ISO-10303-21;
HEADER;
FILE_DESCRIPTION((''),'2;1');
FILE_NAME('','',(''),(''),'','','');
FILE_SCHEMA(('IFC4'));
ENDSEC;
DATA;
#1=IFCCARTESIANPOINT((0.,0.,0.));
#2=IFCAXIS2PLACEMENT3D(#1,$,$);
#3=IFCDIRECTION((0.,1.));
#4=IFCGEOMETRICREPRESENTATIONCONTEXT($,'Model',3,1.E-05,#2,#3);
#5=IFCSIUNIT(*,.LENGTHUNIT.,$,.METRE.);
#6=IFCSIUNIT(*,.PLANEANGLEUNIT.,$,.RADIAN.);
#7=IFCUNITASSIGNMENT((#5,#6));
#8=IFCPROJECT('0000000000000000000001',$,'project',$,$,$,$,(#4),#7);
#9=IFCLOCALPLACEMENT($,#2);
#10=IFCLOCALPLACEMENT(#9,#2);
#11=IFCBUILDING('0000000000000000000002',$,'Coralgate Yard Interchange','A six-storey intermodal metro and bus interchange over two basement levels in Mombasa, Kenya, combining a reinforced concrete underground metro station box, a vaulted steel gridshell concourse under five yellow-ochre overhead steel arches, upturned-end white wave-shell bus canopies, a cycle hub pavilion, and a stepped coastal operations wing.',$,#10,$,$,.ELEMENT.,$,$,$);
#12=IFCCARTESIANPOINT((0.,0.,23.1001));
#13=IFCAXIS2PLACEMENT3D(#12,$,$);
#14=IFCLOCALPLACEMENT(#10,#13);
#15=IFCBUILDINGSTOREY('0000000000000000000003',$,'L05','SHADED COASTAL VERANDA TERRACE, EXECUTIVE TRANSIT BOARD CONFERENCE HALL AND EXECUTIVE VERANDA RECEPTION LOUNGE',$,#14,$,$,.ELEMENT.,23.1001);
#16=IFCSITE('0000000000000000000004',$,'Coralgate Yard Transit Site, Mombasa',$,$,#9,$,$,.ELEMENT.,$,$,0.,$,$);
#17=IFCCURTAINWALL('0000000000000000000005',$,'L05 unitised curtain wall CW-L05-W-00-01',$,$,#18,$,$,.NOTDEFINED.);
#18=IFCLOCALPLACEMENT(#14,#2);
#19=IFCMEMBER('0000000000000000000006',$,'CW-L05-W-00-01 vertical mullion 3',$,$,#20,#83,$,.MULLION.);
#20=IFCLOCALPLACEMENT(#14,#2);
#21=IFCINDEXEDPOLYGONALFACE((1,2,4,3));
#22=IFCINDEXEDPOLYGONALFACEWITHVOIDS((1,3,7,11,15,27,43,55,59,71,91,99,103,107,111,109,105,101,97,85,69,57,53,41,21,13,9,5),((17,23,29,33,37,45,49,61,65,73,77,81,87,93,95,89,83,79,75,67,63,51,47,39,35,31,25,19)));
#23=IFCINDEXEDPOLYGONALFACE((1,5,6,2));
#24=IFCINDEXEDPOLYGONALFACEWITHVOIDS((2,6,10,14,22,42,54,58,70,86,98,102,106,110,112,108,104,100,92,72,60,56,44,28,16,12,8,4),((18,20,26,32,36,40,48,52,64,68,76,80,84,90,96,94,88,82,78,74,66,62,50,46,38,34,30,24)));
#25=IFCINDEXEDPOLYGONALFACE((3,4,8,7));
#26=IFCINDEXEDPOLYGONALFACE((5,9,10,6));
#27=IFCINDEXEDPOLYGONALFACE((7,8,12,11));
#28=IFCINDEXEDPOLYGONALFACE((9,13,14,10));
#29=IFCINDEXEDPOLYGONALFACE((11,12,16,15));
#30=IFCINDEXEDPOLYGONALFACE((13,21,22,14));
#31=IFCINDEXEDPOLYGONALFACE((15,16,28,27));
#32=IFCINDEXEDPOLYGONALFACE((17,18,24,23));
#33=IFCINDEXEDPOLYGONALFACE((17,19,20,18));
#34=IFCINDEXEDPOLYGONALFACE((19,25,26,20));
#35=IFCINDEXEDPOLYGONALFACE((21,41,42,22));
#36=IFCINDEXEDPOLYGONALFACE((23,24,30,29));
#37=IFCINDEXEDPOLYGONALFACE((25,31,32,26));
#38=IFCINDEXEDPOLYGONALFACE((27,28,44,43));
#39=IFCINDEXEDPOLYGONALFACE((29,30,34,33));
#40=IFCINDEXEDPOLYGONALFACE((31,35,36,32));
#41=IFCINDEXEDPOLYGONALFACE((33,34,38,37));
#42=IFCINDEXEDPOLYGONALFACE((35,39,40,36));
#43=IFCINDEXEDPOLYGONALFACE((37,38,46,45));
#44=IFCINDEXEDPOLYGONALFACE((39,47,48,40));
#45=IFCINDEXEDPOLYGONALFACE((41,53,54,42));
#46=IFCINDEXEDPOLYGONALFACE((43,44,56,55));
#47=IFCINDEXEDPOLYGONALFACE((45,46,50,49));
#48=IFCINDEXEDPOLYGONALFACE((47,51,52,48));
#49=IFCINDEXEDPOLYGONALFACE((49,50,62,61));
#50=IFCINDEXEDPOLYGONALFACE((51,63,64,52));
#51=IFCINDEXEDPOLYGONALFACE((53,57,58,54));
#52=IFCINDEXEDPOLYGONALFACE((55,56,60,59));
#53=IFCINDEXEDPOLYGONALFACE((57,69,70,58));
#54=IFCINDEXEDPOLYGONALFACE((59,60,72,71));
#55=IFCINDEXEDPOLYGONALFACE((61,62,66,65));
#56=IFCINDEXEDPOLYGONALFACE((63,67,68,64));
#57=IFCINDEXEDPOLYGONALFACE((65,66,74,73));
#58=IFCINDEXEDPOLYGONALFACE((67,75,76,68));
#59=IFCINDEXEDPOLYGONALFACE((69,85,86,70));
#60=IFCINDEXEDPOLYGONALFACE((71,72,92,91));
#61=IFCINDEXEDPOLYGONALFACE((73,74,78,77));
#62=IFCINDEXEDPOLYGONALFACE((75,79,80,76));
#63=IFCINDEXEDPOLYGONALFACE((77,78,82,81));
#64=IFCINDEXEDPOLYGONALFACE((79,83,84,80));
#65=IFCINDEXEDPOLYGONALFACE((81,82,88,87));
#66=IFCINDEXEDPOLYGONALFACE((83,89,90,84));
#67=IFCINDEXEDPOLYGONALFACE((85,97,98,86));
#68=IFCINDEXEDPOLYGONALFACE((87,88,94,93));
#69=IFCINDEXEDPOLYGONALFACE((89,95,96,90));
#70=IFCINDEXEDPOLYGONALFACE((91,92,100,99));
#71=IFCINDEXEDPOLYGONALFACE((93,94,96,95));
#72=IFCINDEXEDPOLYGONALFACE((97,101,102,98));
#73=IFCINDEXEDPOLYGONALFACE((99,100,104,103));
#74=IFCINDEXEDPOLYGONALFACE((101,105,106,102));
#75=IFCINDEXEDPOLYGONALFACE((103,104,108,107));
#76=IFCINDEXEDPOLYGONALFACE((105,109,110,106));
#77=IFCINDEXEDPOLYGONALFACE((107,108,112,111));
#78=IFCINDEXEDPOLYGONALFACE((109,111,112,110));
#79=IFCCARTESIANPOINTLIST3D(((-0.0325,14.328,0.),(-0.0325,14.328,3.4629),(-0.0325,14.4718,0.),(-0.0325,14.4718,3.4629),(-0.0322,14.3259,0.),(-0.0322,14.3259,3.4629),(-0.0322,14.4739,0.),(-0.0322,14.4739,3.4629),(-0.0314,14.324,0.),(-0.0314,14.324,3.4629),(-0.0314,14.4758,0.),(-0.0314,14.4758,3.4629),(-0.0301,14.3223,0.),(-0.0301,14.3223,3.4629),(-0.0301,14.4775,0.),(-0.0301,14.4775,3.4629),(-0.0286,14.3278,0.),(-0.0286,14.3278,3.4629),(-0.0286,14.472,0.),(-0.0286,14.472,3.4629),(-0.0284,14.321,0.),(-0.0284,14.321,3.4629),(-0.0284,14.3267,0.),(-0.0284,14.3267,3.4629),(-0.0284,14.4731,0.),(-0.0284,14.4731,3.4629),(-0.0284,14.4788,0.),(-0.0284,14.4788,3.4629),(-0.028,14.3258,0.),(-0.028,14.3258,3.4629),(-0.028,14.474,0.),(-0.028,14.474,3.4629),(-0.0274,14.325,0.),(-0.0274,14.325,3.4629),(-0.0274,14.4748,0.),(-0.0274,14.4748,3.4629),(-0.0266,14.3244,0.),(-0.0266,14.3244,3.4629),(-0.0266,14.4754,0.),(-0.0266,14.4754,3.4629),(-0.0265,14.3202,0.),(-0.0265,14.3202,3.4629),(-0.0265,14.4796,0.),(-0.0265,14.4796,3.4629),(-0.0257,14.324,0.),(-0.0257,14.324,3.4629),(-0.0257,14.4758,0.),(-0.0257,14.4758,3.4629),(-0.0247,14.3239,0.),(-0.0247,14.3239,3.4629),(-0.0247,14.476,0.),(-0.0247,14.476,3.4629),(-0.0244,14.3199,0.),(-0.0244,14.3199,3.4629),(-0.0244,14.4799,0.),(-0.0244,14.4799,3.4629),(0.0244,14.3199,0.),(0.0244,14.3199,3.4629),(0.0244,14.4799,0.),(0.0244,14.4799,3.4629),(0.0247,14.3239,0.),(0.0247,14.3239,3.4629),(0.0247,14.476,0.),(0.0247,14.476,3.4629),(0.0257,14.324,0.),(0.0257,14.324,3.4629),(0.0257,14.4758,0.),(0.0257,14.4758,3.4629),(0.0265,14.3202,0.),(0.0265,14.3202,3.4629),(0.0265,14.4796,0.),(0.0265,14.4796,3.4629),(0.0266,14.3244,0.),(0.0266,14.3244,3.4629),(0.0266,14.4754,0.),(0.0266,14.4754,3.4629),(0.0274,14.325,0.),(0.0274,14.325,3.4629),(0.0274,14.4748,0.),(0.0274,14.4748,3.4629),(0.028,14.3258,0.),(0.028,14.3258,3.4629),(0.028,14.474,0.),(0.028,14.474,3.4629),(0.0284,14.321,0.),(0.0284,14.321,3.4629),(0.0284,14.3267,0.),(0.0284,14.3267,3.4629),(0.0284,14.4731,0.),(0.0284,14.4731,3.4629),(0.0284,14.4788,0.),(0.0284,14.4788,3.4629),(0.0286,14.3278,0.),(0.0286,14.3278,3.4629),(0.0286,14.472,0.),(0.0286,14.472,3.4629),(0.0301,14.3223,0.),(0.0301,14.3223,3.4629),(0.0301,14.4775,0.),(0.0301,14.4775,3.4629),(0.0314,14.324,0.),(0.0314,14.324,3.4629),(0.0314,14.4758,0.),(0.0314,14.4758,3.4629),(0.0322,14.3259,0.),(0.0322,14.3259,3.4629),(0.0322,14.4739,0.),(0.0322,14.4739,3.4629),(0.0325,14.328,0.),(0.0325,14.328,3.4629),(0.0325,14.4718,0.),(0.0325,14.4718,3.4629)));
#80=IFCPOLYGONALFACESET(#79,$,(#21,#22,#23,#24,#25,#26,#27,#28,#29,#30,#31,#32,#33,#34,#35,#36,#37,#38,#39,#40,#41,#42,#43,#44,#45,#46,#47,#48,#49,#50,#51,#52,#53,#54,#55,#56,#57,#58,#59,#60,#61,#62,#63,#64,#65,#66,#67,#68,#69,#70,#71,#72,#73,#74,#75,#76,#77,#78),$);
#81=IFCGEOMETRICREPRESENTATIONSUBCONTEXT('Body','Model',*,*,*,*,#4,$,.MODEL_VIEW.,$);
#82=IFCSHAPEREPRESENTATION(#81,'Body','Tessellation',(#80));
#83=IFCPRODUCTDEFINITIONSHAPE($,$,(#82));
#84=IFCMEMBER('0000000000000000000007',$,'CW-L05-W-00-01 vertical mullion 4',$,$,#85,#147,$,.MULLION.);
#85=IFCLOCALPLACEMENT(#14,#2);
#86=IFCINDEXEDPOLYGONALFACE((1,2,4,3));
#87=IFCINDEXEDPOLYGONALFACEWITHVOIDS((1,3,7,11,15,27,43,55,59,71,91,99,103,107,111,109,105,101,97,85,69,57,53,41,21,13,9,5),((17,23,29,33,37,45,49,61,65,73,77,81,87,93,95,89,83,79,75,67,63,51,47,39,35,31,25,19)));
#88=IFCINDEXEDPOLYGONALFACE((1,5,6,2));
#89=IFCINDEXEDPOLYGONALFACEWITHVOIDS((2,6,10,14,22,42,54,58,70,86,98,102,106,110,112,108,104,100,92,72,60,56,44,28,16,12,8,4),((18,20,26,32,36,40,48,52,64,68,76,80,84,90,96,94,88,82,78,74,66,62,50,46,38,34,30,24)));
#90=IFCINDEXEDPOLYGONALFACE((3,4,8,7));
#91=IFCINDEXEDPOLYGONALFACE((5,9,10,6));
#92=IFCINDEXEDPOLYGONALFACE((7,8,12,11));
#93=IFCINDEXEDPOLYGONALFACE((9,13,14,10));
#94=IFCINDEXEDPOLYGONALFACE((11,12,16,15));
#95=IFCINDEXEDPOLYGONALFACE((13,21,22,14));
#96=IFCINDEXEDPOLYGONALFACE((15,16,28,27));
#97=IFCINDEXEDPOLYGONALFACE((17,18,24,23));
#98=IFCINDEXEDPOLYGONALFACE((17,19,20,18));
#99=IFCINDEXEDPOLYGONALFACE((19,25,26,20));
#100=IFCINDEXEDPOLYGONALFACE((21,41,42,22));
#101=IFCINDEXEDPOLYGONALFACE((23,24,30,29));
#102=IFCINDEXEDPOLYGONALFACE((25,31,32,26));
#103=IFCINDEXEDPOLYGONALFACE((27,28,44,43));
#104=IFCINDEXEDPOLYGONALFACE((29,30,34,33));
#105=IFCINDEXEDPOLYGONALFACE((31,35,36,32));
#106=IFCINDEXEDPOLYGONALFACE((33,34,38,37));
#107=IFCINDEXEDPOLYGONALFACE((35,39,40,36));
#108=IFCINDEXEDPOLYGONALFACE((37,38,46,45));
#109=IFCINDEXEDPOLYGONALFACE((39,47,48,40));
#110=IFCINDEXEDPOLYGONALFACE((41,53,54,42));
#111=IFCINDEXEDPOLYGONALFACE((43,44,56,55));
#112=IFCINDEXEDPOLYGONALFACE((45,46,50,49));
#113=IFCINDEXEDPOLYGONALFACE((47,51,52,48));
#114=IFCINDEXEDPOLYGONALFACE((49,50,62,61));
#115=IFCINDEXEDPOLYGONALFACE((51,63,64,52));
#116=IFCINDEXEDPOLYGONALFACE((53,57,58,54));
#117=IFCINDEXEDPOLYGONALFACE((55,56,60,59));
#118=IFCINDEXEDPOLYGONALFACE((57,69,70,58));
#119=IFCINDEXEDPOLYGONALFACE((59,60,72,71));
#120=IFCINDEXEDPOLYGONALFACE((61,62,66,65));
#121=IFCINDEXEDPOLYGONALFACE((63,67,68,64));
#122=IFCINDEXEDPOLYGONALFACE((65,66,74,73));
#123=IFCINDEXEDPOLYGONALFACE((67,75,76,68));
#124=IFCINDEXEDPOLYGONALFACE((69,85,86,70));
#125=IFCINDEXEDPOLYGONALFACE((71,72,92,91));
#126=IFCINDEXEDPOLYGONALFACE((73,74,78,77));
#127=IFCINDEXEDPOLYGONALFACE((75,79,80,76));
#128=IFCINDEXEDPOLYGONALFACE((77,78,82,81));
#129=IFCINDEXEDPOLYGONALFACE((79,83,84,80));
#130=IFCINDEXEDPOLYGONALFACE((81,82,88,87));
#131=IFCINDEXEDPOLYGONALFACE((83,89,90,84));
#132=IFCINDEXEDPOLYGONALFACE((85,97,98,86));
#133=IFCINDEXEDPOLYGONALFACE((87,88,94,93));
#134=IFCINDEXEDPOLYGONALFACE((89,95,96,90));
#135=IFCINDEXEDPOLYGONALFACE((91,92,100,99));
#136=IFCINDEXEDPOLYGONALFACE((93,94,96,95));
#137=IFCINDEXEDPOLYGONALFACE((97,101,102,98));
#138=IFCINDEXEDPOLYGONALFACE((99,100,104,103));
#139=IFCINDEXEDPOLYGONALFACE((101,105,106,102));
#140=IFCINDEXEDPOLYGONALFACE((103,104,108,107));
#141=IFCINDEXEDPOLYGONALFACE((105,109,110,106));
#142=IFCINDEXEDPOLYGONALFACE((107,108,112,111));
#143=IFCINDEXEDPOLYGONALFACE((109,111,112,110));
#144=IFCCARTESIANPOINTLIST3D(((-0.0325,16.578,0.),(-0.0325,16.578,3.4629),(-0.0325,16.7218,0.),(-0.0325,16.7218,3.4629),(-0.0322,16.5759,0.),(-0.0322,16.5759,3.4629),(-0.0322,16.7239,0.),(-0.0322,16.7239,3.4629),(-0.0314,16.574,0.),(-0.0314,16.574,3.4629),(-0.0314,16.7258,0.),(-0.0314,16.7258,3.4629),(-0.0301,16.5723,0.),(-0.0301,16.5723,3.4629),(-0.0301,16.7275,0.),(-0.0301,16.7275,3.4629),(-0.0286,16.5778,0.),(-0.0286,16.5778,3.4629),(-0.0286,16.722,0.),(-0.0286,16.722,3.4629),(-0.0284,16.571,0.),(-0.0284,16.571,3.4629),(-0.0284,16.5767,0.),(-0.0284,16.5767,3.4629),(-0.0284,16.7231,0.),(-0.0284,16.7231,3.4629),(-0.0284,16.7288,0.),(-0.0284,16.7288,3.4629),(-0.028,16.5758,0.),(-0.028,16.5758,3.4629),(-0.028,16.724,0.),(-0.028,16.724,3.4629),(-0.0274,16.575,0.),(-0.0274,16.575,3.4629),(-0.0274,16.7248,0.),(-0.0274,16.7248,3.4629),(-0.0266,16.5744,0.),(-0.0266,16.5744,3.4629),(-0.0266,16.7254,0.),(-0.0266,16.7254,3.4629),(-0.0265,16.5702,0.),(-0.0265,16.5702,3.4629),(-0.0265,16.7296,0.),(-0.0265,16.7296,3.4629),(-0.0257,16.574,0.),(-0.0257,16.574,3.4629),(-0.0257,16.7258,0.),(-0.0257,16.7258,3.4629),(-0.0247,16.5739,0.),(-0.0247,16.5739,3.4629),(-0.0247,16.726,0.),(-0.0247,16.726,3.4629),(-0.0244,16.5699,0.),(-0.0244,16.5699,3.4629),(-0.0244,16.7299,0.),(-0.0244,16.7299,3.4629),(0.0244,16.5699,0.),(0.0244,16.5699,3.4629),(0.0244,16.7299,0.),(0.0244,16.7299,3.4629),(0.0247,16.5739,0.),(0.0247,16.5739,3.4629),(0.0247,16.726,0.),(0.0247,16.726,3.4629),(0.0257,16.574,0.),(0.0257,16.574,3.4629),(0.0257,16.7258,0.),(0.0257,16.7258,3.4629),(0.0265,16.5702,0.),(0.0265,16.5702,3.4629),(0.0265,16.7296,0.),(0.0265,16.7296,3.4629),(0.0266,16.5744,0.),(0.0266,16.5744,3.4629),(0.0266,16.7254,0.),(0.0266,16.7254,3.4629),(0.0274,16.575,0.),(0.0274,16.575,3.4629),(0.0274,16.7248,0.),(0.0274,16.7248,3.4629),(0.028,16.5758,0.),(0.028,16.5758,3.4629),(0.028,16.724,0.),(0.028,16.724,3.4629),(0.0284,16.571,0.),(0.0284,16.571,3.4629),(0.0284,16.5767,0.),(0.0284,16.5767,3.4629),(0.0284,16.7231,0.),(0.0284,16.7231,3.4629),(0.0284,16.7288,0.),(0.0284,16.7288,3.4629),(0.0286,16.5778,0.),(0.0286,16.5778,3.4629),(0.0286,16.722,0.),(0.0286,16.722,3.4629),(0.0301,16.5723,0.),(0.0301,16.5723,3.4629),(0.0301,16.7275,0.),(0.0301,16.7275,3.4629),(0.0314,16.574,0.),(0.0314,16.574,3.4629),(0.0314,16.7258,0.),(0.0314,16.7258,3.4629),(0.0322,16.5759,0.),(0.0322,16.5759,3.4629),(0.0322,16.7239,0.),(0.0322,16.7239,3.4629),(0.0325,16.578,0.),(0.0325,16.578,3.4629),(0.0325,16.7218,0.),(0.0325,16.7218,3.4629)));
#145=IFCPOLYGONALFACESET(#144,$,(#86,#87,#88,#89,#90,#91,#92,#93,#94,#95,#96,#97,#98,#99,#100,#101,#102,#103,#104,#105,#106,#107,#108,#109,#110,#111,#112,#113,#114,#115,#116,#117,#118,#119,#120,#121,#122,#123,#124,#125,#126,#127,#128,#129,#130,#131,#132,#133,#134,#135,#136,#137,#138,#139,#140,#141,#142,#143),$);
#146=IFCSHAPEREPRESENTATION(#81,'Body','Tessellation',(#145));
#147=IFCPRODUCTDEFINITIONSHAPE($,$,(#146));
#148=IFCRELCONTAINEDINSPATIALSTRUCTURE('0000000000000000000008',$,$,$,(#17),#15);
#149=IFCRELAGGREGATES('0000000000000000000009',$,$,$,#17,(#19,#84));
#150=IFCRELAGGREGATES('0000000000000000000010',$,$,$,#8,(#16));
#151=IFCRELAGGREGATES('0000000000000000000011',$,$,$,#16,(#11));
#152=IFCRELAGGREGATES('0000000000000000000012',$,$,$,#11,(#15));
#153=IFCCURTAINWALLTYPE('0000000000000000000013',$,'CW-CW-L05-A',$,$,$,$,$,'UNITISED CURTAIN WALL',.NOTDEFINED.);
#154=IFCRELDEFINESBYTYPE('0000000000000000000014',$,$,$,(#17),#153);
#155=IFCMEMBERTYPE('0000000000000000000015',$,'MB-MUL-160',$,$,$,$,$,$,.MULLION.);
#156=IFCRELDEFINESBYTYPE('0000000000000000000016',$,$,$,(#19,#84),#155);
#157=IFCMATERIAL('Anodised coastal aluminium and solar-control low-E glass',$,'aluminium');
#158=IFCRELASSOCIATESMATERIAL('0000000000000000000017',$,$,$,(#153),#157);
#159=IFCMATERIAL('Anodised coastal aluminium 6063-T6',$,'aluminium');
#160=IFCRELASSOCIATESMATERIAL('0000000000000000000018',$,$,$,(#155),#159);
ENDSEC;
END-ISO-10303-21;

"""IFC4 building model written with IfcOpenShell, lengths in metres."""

from ifc_helpers import new_model, si_unit, direction, frame, origin, origin_2d, place, context, subcontext, project, spatial, hollow_rectangle, extrude, material, material_profile, profile_set, type_object, element, aggregate, save


model = new_model("IFC4")

# Units and contexts
model_context = context("Model", 3, precision=1e-05, world=origin(), true_north=direction((0.0, 1.0)))
body_context = subcontext(model_context, "Body", "Model", "MODEL_VIEW")
ifc_project = project(units=[si_unit("LENGTHUNIT", "METRE"), si_unit("PLANEANGLEUNIT", "RADIAN")], contexts=[model_context])

# Site, building, storey
site_placement = place(None, origin())
site = spatial("IfcSite", under=ifc_project, at=site_placement, Name="Coralgate Yard Transit Site, Mombasa", CompositionType="ELEMENT", RefElevation=0.0)
building_placement = place(site_placement, origin())
building = spatial("IfcBuilding", under=site, at=building_placement, Name="Coralgate Yard Interchange", Description="A six-storey intermodal metro and bus interchange over two basement levels in Mombasa, Kenya, combining a reinforced concrete underground metro station box, a vaulted steel gridshell concourse under five yellow-ochre overhead steel arches, upturned-end white wave-shell bus canopies, a cycle hub pavilion, and a stepped coastal operations wing.", CompositionType="ELEMENT")
storey_placement = place(building_placement, frame((0.0, 0.0, 23.1001)))
storey = spatial("IfcBuildingStorey", under=building, at=storey_placement, Name="L05", Description="SHADED COASTAL VERANDA TERRACE, EXECUTIVE TRANSIT BOARD CONFERENCE HALL AND EXECUTIVE VERANDA RECEPTION LOUNGE", CompositionType="ELEMENT", Elevation=23.1001)

# Curtain wall, members
ifc_material_1 = material(Name="Anodised coastal aluminium and solar-control low-E glass", Category="aluminium")
curtain_wall_type = type_object("IfcCurtainWallType", Name="CW-CW-L05-A", ElementType="UNITISED CURTAIN WALL", PredefinedType="NOTDEFINED", material=ifc_material_1)
curtain_wall_placement = place(storey_placement, origin())
curtain_wall = element("IfcCurtainWall", 1, at=curtain_wall_placement, inside=storey, type_object=curtain_wall_type, Name="L05 unitised curtain wall CW-L05-W-00-01", PredefinedType="NOTDEFINED")
ifc_material_2 = material(Name="Anodised coastal aluminium 6063-T6", Category="aluminium")
ifc_material_profile_1 = material_profile(ifc_material_2, hollow_rectangle(XDim=0.0649, YDim=0.1599, WallThickness=0.0039, InnerFilletRadius=0.0039, OuterFilletRadius=0.0081, at=origin_2d()), Name="ALU 65x160x4")
ifc_profile_set_1 = profile_set([ifc_material_profile_1], Name="Anodised coastal aluminium 6063-T6")
member_type_1 = type_object("IfcMemberType", Name="MB-MUL-160", PredefinedType="MULLION", material=ifc_profile_set_1)
member_1_placement = place(storey_placement, frame((0.0, 14.3999, 0.0), z_axis=(0.0, 0.0, 1.0), x_axis=(1.0, 0.0, 0.0)))
member_1 = element("IfcMember", 2, at=member_1_placement, type_object=member_type_1, Name="CW-L05-W-00-01 vertical mullion 3", PredefinedType="MULLION", context=body_context, shape_type="SweptSolid", body=[
    extrude(hollow_rectangle(XDim=0.0649, YDim=0.1599, WallThickness=0.0039, InnerFilletRadius=0.0039, OuterFilletRadius=0.0081, at=origin_2d()), origin(), (0.0, 0.0, 1.0), 3.4629),
])
member_2_placement = place(storey_placement, frame((0.0, 16.6499, 0.0), z_axis=(0.0, 0.0, 1.0), x_axis=(1.0, 0.0, 0.0)))
member_2 = element("IfcMember", 3, at=member_2_placement, type_object=member_type_1, Name="CW-L05-W-00-01 vertical mullion 4", PredefinedType="MULLION", context=body_context, shape_type="SweptSolid", body=[
    extrude(hollow_rectangle(XDim=0.0649, YDim=0.1599, WallThickness=0.0039, InnerFilletRadius=0.0039, OuterFilletRadius=0.0081, at=origin_2d()), origin(), (0.0, 0.0, 1.0), 3.4629),
])
aggregate(curtain_wall, [member_1, member_2])

save(model, "model.ifc")
